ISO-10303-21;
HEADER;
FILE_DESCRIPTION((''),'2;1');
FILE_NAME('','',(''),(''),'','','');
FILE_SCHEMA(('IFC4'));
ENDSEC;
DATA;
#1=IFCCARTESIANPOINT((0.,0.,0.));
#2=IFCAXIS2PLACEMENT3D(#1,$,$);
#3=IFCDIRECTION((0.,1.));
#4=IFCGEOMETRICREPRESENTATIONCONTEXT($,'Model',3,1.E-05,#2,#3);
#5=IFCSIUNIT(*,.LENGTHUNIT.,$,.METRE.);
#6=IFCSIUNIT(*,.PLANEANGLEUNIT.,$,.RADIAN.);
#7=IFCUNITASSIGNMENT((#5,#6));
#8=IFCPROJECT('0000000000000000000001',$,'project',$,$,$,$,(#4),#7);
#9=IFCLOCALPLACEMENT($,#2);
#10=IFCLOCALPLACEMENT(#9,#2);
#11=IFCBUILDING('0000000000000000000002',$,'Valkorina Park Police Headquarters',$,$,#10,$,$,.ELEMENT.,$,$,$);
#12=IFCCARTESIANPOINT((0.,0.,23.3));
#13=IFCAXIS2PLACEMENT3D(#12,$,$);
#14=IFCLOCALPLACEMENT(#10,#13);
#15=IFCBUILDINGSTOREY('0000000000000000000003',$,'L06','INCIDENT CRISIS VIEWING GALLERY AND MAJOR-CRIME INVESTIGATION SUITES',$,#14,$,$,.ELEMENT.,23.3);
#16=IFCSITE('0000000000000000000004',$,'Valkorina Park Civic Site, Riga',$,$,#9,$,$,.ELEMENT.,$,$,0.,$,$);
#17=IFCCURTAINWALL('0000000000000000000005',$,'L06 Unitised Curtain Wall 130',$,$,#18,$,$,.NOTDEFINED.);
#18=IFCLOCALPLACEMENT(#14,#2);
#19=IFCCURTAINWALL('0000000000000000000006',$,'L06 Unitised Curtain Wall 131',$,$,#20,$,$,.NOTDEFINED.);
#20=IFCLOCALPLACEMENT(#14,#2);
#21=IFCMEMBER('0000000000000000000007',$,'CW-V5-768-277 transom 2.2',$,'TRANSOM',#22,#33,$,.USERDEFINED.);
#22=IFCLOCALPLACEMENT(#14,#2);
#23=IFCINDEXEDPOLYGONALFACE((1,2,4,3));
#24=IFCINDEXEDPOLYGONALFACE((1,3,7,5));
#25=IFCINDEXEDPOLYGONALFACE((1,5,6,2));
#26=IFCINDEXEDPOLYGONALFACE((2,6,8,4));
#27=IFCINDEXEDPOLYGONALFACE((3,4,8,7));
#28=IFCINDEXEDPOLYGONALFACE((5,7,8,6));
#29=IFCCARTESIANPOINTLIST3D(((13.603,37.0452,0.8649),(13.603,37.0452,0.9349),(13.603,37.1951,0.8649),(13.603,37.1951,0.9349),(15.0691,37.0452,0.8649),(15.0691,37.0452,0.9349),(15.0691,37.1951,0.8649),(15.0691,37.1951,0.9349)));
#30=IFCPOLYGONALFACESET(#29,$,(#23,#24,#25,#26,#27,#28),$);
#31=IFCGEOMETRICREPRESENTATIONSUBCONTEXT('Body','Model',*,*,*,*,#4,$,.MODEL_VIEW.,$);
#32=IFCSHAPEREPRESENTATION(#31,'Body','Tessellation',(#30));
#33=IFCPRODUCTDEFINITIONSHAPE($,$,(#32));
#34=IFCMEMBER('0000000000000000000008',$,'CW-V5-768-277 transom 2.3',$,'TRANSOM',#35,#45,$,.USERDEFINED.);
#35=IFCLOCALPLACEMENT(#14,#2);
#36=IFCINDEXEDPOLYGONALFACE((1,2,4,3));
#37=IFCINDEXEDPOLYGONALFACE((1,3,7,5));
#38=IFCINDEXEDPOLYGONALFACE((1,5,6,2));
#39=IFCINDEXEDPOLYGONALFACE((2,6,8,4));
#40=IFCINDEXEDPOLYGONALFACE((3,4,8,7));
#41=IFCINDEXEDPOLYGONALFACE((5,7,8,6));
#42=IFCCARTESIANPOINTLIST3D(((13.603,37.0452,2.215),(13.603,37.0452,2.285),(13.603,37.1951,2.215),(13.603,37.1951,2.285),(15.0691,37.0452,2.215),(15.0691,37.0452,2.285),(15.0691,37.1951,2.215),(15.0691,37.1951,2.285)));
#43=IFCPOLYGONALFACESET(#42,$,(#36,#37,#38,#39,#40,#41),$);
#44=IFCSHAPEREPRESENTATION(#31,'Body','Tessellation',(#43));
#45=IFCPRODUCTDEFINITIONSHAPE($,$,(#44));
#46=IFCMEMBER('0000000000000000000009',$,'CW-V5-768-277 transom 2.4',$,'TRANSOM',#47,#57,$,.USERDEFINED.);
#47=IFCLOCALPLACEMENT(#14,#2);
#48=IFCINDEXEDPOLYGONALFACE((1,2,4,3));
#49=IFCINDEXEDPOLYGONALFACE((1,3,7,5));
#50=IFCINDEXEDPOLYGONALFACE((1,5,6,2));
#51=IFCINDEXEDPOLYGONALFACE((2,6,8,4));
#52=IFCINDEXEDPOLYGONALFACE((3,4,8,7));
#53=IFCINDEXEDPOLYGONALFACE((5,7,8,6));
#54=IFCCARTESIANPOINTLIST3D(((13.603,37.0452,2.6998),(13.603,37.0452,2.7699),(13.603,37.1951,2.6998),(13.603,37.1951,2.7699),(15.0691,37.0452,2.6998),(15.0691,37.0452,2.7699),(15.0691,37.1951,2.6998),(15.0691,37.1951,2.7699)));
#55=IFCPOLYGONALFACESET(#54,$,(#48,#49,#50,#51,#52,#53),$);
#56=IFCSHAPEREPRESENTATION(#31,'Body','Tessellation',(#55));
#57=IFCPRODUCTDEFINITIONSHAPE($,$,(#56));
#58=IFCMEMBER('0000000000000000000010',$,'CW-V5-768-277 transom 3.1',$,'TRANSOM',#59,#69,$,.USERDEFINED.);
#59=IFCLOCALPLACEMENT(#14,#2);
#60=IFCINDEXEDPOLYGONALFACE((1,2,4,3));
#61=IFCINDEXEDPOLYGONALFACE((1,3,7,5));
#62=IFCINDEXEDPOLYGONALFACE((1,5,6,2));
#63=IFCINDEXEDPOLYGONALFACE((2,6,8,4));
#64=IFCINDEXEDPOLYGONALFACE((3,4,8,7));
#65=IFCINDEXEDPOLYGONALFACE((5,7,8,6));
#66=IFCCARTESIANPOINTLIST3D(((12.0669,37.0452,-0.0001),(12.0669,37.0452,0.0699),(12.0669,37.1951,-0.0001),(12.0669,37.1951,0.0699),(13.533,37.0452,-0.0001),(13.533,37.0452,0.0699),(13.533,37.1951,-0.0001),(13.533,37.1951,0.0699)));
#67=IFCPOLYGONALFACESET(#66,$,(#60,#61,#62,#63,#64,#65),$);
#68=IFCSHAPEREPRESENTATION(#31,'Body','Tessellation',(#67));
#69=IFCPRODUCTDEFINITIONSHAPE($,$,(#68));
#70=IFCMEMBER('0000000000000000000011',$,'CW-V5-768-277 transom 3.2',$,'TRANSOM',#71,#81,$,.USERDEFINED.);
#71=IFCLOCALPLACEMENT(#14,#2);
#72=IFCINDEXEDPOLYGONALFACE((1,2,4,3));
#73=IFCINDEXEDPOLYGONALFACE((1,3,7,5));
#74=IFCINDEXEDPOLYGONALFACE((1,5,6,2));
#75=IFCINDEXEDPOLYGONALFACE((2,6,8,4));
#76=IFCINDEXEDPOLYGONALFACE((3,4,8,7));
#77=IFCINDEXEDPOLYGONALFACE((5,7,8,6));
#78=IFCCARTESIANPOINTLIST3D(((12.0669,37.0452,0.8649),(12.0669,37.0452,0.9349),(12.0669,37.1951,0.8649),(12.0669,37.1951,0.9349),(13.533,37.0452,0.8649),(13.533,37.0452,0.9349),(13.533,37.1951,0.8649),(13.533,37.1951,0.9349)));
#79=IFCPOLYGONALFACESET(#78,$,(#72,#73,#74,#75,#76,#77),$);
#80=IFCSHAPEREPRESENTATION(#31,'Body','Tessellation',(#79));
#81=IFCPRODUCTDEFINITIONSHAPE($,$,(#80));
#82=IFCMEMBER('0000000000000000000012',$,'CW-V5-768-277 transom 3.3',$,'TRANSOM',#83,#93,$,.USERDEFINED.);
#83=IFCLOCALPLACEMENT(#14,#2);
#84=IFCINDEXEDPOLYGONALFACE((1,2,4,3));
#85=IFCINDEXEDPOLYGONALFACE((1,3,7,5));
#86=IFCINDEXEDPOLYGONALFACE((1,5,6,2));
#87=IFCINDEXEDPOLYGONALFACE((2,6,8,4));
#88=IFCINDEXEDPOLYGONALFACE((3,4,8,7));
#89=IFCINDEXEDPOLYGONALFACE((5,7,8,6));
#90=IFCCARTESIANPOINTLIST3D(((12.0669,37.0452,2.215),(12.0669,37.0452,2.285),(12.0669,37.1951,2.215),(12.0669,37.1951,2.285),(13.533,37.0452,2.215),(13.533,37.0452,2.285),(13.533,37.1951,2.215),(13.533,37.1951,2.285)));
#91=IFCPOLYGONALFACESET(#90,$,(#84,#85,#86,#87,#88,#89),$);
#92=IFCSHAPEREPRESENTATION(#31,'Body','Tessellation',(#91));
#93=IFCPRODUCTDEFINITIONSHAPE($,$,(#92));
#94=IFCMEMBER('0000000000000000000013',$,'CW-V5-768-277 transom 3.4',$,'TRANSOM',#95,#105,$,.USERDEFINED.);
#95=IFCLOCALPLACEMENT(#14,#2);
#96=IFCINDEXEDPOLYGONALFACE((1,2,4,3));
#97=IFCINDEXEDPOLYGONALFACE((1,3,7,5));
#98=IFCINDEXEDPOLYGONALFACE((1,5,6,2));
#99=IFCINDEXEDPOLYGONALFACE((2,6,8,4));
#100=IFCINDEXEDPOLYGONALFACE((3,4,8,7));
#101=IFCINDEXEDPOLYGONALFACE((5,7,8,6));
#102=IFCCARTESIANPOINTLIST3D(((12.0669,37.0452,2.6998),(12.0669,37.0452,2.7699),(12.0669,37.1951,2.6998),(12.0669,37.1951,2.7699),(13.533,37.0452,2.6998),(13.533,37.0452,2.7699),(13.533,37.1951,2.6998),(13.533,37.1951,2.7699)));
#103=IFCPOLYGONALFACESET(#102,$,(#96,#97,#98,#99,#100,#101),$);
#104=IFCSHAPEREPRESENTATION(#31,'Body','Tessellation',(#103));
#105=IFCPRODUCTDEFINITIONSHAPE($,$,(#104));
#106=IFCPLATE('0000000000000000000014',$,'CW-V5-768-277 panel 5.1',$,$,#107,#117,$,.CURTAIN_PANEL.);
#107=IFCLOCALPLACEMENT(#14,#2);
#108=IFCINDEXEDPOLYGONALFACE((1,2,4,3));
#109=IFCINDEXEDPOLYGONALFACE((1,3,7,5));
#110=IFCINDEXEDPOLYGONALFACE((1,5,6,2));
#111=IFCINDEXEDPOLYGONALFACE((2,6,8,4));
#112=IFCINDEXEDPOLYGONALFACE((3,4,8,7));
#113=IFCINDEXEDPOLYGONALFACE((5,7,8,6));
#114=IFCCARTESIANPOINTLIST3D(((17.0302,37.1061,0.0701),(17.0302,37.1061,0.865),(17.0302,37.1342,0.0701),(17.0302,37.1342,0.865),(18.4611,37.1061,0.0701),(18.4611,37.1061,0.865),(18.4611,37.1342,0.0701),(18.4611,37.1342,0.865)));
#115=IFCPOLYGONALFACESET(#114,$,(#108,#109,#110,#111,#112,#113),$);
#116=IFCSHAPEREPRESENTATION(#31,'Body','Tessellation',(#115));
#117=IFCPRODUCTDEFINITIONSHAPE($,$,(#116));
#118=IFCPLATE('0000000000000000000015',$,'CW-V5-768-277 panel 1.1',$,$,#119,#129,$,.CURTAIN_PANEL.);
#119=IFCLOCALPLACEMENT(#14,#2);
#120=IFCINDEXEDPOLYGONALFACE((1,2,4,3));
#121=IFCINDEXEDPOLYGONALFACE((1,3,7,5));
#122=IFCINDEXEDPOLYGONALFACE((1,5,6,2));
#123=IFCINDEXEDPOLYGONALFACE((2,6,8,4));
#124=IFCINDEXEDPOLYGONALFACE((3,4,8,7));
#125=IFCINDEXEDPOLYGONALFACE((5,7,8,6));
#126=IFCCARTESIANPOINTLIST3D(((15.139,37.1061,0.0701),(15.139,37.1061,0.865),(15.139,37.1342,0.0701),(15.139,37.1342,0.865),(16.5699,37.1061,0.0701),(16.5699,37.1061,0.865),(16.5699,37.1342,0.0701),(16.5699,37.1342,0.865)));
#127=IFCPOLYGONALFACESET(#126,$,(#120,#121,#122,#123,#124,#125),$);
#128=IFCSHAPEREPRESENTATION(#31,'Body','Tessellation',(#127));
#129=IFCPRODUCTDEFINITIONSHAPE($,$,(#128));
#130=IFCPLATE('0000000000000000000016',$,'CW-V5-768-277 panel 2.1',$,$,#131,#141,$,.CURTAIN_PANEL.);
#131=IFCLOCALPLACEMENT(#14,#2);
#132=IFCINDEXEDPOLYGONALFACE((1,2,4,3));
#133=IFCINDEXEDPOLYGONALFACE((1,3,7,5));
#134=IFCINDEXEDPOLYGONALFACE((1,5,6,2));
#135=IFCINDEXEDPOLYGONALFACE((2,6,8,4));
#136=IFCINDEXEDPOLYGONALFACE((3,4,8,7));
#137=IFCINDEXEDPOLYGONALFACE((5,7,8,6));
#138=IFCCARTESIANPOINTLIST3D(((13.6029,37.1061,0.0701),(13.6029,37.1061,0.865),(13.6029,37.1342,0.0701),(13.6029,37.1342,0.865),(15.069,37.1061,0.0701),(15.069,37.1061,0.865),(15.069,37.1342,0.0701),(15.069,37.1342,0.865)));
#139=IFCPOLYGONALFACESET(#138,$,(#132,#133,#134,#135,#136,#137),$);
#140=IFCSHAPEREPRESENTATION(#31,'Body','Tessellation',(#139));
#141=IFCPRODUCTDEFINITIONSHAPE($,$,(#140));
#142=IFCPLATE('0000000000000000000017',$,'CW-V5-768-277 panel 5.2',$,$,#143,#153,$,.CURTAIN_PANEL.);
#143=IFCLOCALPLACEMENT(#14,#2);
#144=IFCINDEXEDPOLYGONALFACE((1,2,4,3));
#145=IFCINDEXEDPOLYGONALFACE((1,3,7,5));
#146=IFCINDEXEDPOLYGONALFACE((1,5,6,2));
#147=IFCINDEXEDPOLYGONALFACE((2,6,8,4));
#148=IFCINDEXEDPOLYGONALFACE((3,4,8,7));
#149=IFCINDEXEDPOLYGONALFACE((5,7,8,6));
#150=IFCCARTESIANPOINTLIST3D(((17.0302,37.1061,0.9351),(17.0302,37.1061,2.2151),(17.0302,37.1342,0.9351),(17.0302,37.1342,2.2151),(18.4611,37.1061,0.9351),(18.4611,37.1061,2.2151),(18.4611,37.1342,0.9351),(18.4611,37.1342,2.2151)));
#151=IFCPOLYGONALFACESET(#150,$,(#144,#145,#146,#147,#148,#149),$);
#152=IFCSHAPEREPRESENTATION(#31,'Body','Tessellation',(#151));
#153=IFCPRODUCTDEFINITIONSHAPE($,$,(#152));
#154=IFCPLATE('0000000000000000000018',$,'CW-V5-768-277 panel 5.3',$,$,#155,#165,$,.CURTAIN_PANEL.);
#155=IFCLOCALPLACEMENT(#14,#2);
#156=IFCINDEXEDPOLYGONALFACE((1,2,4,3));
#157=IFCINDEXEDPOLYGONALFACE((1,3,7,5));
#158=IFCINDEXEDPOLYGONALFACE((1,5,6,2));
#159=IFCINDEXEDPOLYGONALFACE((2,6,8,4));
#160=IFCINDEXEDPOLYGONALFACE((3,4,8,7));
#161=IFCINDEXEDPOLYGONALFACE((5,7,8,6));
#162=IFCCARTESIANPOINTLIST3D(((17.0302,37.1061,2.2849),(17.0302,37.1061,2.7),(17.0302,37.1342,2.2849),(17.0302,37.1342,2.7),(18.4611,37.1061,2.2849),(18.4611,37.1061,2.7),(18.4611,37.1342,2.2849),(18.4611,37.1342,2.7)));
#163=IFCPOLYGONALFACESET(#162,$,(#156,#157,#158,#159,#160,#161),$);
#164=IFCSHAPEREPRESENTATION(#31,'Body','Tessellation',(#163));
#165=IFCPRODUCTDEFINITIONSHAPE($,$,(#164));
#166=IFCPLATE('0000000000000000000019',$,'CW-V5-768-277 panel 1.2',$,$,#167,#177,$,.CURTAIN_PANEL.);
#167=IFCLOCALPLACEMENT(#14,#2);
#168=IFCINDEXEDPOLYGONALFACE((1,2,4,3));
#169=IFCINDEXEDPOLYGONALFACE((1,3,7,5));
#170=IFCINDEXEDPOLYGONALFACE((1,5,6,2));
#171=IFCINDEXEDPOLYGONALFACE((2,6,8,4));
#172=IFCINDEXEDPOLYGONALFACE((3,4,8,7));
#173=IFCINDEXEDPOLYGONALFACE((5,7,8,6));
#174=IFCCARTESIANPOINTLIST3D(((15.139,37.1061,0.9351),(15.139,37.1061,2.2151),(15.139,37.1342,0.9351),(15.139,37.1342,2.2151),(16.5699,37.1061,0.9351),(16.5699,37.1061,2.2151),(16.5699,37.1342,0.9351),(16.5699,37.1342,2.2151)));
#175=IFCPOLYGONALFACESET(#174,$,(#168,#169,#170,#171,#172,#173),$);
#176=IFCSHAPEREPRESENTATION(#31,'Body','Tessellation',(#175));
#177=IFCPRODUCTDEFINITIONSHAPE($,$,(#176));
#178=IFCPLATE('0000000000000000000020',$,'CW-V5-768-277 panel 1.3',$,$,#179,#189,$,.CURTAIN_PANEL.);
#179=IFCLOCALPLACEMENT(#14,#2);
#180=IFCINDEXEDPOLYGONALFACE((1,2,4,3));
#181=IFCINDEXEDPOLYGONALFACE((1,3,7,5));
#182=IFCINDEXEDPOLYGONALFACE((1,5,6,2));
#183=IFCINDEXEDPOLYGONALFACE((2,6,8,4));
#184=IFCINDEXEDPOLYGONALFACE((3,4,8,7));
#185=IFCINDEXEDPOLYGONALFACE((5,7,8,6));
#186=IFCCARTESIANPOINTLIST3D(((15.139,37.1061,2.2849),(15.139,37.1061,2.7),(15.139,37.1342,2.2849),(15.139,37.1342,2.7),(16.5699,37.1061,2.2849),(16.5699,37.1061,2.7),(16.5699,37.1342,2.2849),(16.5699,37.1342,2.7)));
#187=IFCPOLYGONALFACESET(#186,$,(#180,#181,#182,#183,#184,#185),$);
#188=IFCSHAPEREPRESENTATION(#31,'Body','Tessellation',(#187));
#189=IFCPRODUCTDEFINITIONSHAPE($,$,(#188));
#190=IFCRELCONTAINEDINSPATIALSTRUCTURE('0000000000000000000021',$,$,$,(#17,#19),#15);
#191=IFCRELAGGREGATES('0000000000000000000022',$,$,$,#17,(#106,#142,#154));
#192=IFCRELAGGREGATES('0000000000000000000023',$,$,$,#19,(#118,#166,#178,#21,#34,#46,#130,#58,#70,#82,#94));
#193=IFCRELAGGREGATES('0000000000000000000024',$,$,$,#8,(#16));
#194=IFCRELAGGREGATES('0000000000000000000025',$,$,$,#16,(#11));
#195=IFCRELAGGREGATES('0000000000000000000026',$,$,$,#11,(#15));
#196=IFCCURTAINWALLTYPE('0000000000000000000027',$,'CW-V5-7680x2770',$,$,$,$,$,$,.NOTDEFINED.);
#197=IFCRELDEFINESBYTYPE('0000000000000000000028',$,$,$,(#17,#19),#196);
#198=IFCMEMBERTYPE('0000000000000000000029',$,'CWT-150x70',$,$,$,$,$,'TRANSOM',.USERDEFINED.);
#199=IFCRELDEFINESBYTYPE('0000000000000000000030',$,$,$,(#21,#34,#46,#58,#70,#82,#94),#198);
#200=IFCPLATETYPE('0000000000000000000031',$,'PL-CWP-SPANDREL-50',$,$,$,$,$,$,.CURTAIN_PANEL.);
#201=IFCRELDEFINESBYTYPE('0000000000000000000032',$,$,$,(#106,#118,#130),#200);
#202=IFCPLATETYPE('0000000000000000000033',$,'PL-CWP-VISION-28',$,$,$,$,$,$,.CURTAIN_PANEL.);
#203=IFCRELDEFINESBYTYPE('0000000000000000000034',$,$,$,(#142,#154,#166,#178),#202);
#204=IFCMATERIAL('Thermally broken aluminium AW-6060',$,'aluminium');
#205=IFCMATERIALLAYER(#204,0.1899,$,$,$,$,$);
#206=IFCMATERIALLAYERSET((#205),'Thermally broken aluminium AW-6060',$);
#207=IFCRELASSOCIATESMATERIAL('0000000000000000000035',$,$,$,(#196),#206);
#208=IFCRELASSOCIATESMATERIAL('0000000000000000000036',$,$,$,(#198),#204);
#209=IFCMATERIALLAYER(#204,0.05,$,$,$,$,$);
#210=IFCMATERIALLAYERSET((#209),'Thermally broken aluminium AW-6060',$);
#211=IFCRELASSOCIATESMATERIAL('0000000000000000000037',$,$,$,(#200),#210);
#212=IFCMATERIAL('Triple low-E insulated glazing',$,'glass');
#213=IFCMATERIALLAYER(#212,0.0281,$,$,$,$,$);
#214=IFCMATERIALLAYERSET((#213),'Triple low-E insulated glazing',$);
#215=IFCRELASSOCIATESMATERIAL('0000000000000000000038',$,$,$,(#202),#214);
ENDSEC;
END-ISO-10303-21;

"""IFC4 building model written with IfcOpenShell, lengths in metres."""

from ifc_helpers import new_model, si_unit, direction, frame, origin, origin_2d, place, context, subcontext, project, spatial, rectangle, extrude, material, layer, layer_set, material_profile, profile_set, type_object, element, aggregate, save


model = new_model("IFC4")

# Units and contexts
model_context = context("Model", 3, precision=1e-05, world=origin(), true_north=direction((0.0, 1.0)))
body_context = subcontext(model_context, "Body", "Model", "MODEL_VIEW")
ifc_project = project(units=[si_unit("LENGTHUNIT", "METRE"), si_unit("PLANEANGLEUNIT", "RADIAN")], contexts=[model_context])

# Site, building, storey
site_placement = place(None, origin())
site = spatial("IfcSite", under=ifc_project, at=site_placement, Name="Valkorina Park Civic Site, Riga", CompositionType="ELEMENT", RefElevation=0.0)
building_placement = place(site_placement, origin())
building = spatial("IfcBuilding", under=site, at=building_placement, Name="Valkorina Park Police Headquarters", CompositionType="ELEMENT")
storey_placement = place(building_placement, frame((0.0, 0.0, 23.3)))
storey = spatial("IfcBuildingStorey", under=building, at=storey_placement, Name="L06", Description="INCIDENT CRISIS VIEWING GALLERY AND MAJOR-CRIME INVESTIGATION SUITES", CompositionType="ELEMENT", Elevation=23.3)

# Curtain wall
ifc_material_1 = material(Name="Thermally broken aluminium AW-6060", Category="aluminium")
ifc_layer_1 = layer(ifc_material_1, 0.1899)
ifc_layer_set_1 = layer_set([ifc_layer_1], Name="Thermally broken aluminium AW-6060")
curtain_wall_type = type_object("IfcCurtainWallType", Name="CW-V5-7680x2770", PredefinedType="NOTDEFINED", material=ifc_layer_set_1)
curtain_wall_1_placement = place(storey_placement, origin())
curtain_wall_1 = element("IfcCurtainWall", 1, at=curtain_wall_1_placement, inside=storey, type_object=curtain_wall_type, Name="L06 Unitised Curtain Wall 130", PredefinedType="NOTDEFINED")

# Curtain wall
curtain_wall_2_placement = place(storey_placement, origin())
curtain_wall_2 = element("IfcCurtainWall", 2, at=curtain_wall_2_placement, inside=storey, type_object=curtain_wall_type, Name="L06 Unitised Curtain Wall 131", PredefinedType="NOTDEFINED")

# Members
ifc_material_profile_1 = material_profile(ifc_material_1, rectangle(XDim=0.1499, YDim=0.0701, at=origin_2d()), Name="CWT-02 150x70")
ifc_profile_set_1 = profile_set([ifc_material_profile_1], Name="Thermally broken aluminium AW-6060")
member_type_1 = type_object("IfcMemberType", Name="CWT-150x70", ElementType="TRANSOM", PredefinedType="USERDEFINED", material=ifc_profile_set_1)
member_1_placement = place(storey_placement, frame((15.0691, 37.1201, 0.8999), z_axis=(-1.0, 0.0, 0.0), x_axis=(0.0, -1.0, 0.0)))
member_1 = element("IfcMember", 3, at=member_1_placement, type_object=member_type_1, Name="CW-V5-768-277 transom 2.2", ObjectType="TRANSOM", PredefinedType="USERDEFINED", context=body_context, shape_type="SweptSolid", body=[
    extrude(rectangle(XDim=0.1499, YDim=0.0701, at=origin_2d()), origin(), (0.0, 0.0, 1.0), 1.4661),
])
member_2_placement = place(storey_placement, frame((15.0691, 37.1201, 2.25), z_axis=(-1.0, 0.0, 0.0), x_axis=(0.0, -1.0, 0.0)))
member_2 = element("IfcMember", 4, at=member_2_placement, type_object=member_type_1, Name="CW-V5-768-277 transom 2.3", ObjectType="TRANSOM", PredefinedType="USERDEFINED", context=body_context, shape_type="SweptSolid", body=[
    extrude(rectangle(XDim=0.1499, YDim=0.0701, at=origin_2d()), origin(), (0.0, 0.0, 1.0), 1.4661),
])
member_3_placement = place(storey_placement, frame((15.0691, 37.1201, 2.7349), z_axis=(-1.0, 0.0, 0.0), x_axis=(0.0, -1.0, 0.0)))
member_3 = element("IfcMember", 5, at=member_3_placement, type_object=member_type_1, Name="CW-V5-768-277 transom 2.4", ObjectType="TRANSOM", PredefinedType="USERDEFINED", context=body_context, shape_type="SweptSolid", body=[
    extrude(rectangle(XDim=0.1499, YDim=0.0701, at=origin_2d()), origin(), (0.0, 0.0, 1.0), 1.4661),
])
member_4_placement = place(storey_placement, frame((13.533, 37.1201, 0.0349), z_axis=(-1.0, 0.0, 0.0), x_axis=(0.0, -1.0, 0.0)))
member_4 = element("IfcMember", 6, at=member_4_placement, type_object=member_type_1, Name="CW-V5-768-277 transom 3.1", ObjectType="TRANSOM", PredefinedType="USERDEFINED", context=body_context, shape_type="SweptSolid", body=[
    extrude(rectangle(XDim=0.1499, YDim=0.0701, at=origin_2d()), origin(), (0.0, 0.0, 1.0), 1.4661),
])
member_5_placement = place(storey_placement, frame((13.533, 37.1201, 0.8999), z_axis=(-1.0, 0.0, 0.0), x_axis=(0.0, -1.0, 0.0)))
member_5 = element("IfcMember", 7, at=member_5_placement, type_object=member_type_1, Name="CW-V5-768-277 transom 3.2", ObjectType="TRANSOM", PredefinedType="USERDEFINED", context=body_context, shape_type="SweptSolid", body=[
    extrude(rectangle(XDim=0.1499, YDim=0.0701, at=origin_2d()), origin(), (0.0, 0.0, 1.0), 1.4661),
])
member_6_placement = place(storey_placement, frame((13.533, 37.1201, 2.25), z_axis=(-1.0, 0.0, 0.0), x_axis=(0.0, -1.0, 0.0)))
member_6 = element("IfcMember", 8, at=member_6_placement, type_object=member_type_1, Name="CW-V5-768-277 transom 3.3", ObjectType="TRANSOM", PredefinedType="USERDEFINED", context=body_context, shape_type="SweptSolid", body=[
    extrude(rectangle(XDim=0.1499, YDim=0.0701, at=origin_2d()), origin(), (0.0, 0.0, 1.0), 1.4661),
])
member_7_placement = place(storey_placement, frame((13.533, 37.1201, 2.7349), z_axis=(-1.0, 0.0, 0.0), x_axis=(0.0, -1.0, 0.0)))
member_7 = element("IfcMember", 9, at=member_7_placement, type_object=member_type_1, Name="CW-V5-768-277 transom 3.4", ObjectType="TRANSOM", PredefinedType="USERDEFINED", context=body_context, shape_type="SweptSolid", body=[
    extrude(rectangle(XDim=0.1499, YDim=0.0701, at=origin_2d()), origin(), (0.0, 0.0, 1.0), 1.4661),
])

# Plates
ifc_layer_2 = layer(ifc_material_1, 0.05)
ifc_layer_set_2 = layer_set([ifc_layer_2], Name="Thermally broken aluminium AW-6060")
plate_type_1 = type_object("IfcPlateType", Name="PL-CWP-SPANDREL-50", PredefinedType="CURTAIN_PANEL", material=ifc_layer_set_2)
plate_1_placement = place(storey_placement, frame((17.7456, 37.1201, 0.0701), z_axis=(0.0, 0.0, 1.0), x_axis=(-1.0, 0.0, 0.0)))
plate_1 = element("IfcPlate", 10, at=plate_1_placement, type_object=plate_type_1, Name="CW-V5-768-277 panel 5.1", PredefinedType="CURTAIN_PANEL", context=body_context, shape_type="SweptSolid", body=[
    extrude(rectangle(XDim=1.4309, YDim=0.0281, at=origin_2d()), origin(), (0.0, 0.0, 1.0), 0.7949),
])
plate_2_placement = place(storey_placement, frame((15.8545, 37.1201, 0.0701), z_axis=(0.0, 0.0, 1.0), x_axis=(-1.0, 0.0, 0.0)))
plate_2 = element("IfcPlate", 11, at=plate_2_placement, type_object=plate_type_1, Name="CW-V5-768-277 panel 1.1", PredefinedType="CURTAIN_PANEL", context=body_context, shape_type="SweptSolid", body=[
    extrude(rectangle(XDim=1.4309, YDim=0.0281, at=origin_2d()), origin(), (0.0, 0.0, 1.0), 0.7949),
])
plate_3_placement = place(storey_placement, frame((14.3359, 37.1201, 0.0701), z_axis=(0.0, 0.0, 1.0), x_axis=(-1.0, 0.0, 0.0)))
plate_3 = element("IfcPlate", 12, at=plate_3_placement, type_object=plate_type_1, Name="CW-V5-768-277 panel 2.1", PredefinedType="CURTAIN_PANEL", context=body_context, shape_type="SweptSolid", body=[
    extrude(rectangle(XDim=1.4661, YDim=0.0281, at=origin_2d()), origin(), (0.0, 0.0, 1.0), 0.7949),
])
ifc_material_2 = material(Name="Triple low-E insulated glazing", Category="glass")
ifc_layer_3 = layer(ifc_material_2, 0.0281)
ifc_layer_set_3 = layer_set([ifc_layer_3], Name="Triple low-E insulated glazing")
plate_type_2 = type_object("IfcPlateType", Name="PL-CWP-VISION-28", PredefinedType="CURTAIN_PANEL", material=ifc_layer_set_3)
plate_4_placement = place(storey_placement, frame((17.7456, 37.1201, 0.9351), z_axis=(0.0, 0.0, 1.0), x_axis=(-1.0, 0.0, 0.0)))
plate_4 = element("IfcPlate", 13, at=plate_4_placement, type_object=plate_type_2, Name="CW-V5-768-277 panel 5.2", PredefinedType="CURTAIN_PANEL", context=body_context, shape_type="SweptSolid", body=[
    extrude(rectangle(XDim=1.4309, YDim=0.0281, at=origin_2d()), origin(), (0.0, 0.0, 1.0), 1.28),
])
plate_5_placement = place(storey_placement, frame((17.7456, 37.1201, 2.2849), z_axis=(0.0, 0.0, 1.0), x_axis=(-1.0, 0.0, 0.0)))
plate_5 = element("IfcPlate", 14, at=plate_5_placement, type_object=plate_type_2, Name="CW-V5-768-277 panel 5.3", PredefinedType="CURTAIN_PANEL", context=body_context, shape_type="SweptSolid", body=[
    extrude(rectangle(XDim=1.4309, YDim=0.0281, at=origin_2d()), origin(), (0.0, 0.0, 1.0), 0.415),
])
aggregate(curtain_wall_1, [plate_1, plate_4, plate_5])
plate_6_placement = place(storey_placement, frame((15.8545, 37.1201, 0.9351), z_axis=(0.0, 0.0, 1.0), x_axis=(-1.0, 0.0, 0.0)))
plate_6 = element("IfcPlate", 15, at=plate_6_placement, type_object=plate_type_2, Name="CW-V5-768-277 panel 1.2", PredefinedType="CURTAIN_PANEL", context=body_context, shape_type="SweptSolid", body=[
    extrude(rectangle(XDim=1.4309, YDim=0.0281, at=origin_2d()), origin(), (0.0, 0.0, 1.0), 1.28),
])
plate_7_placement = place(storey_placement, frame((15.8545, 37.1201, 2.2849), z_axis=(0.0, 0.0, 1.0), x_axis=(-1.0, 0.0, 0.0)))
plate_7 = element("IfcPlate", 16, at=plate_7_placement, type_object=plate_type_2, Name="CW-V5-768-277 panel 1.3", PredefinedType="CURTAIN_PANEL", context=body_context, shape_type="SweptSolid", body=[
    extrude(rectangle(XDim=1.4309, YDim=0.0281, at=origin_2d()), origin(), (0.0, 0.0, 1.0), 0.415),
])
aggregate(curtain_wall_2, [plate_2, plate_6, plate_7, member_1, member_2, member_3, plate_3, member_4, member_5, member_6, member_7])

save(model, "model.ifc")
